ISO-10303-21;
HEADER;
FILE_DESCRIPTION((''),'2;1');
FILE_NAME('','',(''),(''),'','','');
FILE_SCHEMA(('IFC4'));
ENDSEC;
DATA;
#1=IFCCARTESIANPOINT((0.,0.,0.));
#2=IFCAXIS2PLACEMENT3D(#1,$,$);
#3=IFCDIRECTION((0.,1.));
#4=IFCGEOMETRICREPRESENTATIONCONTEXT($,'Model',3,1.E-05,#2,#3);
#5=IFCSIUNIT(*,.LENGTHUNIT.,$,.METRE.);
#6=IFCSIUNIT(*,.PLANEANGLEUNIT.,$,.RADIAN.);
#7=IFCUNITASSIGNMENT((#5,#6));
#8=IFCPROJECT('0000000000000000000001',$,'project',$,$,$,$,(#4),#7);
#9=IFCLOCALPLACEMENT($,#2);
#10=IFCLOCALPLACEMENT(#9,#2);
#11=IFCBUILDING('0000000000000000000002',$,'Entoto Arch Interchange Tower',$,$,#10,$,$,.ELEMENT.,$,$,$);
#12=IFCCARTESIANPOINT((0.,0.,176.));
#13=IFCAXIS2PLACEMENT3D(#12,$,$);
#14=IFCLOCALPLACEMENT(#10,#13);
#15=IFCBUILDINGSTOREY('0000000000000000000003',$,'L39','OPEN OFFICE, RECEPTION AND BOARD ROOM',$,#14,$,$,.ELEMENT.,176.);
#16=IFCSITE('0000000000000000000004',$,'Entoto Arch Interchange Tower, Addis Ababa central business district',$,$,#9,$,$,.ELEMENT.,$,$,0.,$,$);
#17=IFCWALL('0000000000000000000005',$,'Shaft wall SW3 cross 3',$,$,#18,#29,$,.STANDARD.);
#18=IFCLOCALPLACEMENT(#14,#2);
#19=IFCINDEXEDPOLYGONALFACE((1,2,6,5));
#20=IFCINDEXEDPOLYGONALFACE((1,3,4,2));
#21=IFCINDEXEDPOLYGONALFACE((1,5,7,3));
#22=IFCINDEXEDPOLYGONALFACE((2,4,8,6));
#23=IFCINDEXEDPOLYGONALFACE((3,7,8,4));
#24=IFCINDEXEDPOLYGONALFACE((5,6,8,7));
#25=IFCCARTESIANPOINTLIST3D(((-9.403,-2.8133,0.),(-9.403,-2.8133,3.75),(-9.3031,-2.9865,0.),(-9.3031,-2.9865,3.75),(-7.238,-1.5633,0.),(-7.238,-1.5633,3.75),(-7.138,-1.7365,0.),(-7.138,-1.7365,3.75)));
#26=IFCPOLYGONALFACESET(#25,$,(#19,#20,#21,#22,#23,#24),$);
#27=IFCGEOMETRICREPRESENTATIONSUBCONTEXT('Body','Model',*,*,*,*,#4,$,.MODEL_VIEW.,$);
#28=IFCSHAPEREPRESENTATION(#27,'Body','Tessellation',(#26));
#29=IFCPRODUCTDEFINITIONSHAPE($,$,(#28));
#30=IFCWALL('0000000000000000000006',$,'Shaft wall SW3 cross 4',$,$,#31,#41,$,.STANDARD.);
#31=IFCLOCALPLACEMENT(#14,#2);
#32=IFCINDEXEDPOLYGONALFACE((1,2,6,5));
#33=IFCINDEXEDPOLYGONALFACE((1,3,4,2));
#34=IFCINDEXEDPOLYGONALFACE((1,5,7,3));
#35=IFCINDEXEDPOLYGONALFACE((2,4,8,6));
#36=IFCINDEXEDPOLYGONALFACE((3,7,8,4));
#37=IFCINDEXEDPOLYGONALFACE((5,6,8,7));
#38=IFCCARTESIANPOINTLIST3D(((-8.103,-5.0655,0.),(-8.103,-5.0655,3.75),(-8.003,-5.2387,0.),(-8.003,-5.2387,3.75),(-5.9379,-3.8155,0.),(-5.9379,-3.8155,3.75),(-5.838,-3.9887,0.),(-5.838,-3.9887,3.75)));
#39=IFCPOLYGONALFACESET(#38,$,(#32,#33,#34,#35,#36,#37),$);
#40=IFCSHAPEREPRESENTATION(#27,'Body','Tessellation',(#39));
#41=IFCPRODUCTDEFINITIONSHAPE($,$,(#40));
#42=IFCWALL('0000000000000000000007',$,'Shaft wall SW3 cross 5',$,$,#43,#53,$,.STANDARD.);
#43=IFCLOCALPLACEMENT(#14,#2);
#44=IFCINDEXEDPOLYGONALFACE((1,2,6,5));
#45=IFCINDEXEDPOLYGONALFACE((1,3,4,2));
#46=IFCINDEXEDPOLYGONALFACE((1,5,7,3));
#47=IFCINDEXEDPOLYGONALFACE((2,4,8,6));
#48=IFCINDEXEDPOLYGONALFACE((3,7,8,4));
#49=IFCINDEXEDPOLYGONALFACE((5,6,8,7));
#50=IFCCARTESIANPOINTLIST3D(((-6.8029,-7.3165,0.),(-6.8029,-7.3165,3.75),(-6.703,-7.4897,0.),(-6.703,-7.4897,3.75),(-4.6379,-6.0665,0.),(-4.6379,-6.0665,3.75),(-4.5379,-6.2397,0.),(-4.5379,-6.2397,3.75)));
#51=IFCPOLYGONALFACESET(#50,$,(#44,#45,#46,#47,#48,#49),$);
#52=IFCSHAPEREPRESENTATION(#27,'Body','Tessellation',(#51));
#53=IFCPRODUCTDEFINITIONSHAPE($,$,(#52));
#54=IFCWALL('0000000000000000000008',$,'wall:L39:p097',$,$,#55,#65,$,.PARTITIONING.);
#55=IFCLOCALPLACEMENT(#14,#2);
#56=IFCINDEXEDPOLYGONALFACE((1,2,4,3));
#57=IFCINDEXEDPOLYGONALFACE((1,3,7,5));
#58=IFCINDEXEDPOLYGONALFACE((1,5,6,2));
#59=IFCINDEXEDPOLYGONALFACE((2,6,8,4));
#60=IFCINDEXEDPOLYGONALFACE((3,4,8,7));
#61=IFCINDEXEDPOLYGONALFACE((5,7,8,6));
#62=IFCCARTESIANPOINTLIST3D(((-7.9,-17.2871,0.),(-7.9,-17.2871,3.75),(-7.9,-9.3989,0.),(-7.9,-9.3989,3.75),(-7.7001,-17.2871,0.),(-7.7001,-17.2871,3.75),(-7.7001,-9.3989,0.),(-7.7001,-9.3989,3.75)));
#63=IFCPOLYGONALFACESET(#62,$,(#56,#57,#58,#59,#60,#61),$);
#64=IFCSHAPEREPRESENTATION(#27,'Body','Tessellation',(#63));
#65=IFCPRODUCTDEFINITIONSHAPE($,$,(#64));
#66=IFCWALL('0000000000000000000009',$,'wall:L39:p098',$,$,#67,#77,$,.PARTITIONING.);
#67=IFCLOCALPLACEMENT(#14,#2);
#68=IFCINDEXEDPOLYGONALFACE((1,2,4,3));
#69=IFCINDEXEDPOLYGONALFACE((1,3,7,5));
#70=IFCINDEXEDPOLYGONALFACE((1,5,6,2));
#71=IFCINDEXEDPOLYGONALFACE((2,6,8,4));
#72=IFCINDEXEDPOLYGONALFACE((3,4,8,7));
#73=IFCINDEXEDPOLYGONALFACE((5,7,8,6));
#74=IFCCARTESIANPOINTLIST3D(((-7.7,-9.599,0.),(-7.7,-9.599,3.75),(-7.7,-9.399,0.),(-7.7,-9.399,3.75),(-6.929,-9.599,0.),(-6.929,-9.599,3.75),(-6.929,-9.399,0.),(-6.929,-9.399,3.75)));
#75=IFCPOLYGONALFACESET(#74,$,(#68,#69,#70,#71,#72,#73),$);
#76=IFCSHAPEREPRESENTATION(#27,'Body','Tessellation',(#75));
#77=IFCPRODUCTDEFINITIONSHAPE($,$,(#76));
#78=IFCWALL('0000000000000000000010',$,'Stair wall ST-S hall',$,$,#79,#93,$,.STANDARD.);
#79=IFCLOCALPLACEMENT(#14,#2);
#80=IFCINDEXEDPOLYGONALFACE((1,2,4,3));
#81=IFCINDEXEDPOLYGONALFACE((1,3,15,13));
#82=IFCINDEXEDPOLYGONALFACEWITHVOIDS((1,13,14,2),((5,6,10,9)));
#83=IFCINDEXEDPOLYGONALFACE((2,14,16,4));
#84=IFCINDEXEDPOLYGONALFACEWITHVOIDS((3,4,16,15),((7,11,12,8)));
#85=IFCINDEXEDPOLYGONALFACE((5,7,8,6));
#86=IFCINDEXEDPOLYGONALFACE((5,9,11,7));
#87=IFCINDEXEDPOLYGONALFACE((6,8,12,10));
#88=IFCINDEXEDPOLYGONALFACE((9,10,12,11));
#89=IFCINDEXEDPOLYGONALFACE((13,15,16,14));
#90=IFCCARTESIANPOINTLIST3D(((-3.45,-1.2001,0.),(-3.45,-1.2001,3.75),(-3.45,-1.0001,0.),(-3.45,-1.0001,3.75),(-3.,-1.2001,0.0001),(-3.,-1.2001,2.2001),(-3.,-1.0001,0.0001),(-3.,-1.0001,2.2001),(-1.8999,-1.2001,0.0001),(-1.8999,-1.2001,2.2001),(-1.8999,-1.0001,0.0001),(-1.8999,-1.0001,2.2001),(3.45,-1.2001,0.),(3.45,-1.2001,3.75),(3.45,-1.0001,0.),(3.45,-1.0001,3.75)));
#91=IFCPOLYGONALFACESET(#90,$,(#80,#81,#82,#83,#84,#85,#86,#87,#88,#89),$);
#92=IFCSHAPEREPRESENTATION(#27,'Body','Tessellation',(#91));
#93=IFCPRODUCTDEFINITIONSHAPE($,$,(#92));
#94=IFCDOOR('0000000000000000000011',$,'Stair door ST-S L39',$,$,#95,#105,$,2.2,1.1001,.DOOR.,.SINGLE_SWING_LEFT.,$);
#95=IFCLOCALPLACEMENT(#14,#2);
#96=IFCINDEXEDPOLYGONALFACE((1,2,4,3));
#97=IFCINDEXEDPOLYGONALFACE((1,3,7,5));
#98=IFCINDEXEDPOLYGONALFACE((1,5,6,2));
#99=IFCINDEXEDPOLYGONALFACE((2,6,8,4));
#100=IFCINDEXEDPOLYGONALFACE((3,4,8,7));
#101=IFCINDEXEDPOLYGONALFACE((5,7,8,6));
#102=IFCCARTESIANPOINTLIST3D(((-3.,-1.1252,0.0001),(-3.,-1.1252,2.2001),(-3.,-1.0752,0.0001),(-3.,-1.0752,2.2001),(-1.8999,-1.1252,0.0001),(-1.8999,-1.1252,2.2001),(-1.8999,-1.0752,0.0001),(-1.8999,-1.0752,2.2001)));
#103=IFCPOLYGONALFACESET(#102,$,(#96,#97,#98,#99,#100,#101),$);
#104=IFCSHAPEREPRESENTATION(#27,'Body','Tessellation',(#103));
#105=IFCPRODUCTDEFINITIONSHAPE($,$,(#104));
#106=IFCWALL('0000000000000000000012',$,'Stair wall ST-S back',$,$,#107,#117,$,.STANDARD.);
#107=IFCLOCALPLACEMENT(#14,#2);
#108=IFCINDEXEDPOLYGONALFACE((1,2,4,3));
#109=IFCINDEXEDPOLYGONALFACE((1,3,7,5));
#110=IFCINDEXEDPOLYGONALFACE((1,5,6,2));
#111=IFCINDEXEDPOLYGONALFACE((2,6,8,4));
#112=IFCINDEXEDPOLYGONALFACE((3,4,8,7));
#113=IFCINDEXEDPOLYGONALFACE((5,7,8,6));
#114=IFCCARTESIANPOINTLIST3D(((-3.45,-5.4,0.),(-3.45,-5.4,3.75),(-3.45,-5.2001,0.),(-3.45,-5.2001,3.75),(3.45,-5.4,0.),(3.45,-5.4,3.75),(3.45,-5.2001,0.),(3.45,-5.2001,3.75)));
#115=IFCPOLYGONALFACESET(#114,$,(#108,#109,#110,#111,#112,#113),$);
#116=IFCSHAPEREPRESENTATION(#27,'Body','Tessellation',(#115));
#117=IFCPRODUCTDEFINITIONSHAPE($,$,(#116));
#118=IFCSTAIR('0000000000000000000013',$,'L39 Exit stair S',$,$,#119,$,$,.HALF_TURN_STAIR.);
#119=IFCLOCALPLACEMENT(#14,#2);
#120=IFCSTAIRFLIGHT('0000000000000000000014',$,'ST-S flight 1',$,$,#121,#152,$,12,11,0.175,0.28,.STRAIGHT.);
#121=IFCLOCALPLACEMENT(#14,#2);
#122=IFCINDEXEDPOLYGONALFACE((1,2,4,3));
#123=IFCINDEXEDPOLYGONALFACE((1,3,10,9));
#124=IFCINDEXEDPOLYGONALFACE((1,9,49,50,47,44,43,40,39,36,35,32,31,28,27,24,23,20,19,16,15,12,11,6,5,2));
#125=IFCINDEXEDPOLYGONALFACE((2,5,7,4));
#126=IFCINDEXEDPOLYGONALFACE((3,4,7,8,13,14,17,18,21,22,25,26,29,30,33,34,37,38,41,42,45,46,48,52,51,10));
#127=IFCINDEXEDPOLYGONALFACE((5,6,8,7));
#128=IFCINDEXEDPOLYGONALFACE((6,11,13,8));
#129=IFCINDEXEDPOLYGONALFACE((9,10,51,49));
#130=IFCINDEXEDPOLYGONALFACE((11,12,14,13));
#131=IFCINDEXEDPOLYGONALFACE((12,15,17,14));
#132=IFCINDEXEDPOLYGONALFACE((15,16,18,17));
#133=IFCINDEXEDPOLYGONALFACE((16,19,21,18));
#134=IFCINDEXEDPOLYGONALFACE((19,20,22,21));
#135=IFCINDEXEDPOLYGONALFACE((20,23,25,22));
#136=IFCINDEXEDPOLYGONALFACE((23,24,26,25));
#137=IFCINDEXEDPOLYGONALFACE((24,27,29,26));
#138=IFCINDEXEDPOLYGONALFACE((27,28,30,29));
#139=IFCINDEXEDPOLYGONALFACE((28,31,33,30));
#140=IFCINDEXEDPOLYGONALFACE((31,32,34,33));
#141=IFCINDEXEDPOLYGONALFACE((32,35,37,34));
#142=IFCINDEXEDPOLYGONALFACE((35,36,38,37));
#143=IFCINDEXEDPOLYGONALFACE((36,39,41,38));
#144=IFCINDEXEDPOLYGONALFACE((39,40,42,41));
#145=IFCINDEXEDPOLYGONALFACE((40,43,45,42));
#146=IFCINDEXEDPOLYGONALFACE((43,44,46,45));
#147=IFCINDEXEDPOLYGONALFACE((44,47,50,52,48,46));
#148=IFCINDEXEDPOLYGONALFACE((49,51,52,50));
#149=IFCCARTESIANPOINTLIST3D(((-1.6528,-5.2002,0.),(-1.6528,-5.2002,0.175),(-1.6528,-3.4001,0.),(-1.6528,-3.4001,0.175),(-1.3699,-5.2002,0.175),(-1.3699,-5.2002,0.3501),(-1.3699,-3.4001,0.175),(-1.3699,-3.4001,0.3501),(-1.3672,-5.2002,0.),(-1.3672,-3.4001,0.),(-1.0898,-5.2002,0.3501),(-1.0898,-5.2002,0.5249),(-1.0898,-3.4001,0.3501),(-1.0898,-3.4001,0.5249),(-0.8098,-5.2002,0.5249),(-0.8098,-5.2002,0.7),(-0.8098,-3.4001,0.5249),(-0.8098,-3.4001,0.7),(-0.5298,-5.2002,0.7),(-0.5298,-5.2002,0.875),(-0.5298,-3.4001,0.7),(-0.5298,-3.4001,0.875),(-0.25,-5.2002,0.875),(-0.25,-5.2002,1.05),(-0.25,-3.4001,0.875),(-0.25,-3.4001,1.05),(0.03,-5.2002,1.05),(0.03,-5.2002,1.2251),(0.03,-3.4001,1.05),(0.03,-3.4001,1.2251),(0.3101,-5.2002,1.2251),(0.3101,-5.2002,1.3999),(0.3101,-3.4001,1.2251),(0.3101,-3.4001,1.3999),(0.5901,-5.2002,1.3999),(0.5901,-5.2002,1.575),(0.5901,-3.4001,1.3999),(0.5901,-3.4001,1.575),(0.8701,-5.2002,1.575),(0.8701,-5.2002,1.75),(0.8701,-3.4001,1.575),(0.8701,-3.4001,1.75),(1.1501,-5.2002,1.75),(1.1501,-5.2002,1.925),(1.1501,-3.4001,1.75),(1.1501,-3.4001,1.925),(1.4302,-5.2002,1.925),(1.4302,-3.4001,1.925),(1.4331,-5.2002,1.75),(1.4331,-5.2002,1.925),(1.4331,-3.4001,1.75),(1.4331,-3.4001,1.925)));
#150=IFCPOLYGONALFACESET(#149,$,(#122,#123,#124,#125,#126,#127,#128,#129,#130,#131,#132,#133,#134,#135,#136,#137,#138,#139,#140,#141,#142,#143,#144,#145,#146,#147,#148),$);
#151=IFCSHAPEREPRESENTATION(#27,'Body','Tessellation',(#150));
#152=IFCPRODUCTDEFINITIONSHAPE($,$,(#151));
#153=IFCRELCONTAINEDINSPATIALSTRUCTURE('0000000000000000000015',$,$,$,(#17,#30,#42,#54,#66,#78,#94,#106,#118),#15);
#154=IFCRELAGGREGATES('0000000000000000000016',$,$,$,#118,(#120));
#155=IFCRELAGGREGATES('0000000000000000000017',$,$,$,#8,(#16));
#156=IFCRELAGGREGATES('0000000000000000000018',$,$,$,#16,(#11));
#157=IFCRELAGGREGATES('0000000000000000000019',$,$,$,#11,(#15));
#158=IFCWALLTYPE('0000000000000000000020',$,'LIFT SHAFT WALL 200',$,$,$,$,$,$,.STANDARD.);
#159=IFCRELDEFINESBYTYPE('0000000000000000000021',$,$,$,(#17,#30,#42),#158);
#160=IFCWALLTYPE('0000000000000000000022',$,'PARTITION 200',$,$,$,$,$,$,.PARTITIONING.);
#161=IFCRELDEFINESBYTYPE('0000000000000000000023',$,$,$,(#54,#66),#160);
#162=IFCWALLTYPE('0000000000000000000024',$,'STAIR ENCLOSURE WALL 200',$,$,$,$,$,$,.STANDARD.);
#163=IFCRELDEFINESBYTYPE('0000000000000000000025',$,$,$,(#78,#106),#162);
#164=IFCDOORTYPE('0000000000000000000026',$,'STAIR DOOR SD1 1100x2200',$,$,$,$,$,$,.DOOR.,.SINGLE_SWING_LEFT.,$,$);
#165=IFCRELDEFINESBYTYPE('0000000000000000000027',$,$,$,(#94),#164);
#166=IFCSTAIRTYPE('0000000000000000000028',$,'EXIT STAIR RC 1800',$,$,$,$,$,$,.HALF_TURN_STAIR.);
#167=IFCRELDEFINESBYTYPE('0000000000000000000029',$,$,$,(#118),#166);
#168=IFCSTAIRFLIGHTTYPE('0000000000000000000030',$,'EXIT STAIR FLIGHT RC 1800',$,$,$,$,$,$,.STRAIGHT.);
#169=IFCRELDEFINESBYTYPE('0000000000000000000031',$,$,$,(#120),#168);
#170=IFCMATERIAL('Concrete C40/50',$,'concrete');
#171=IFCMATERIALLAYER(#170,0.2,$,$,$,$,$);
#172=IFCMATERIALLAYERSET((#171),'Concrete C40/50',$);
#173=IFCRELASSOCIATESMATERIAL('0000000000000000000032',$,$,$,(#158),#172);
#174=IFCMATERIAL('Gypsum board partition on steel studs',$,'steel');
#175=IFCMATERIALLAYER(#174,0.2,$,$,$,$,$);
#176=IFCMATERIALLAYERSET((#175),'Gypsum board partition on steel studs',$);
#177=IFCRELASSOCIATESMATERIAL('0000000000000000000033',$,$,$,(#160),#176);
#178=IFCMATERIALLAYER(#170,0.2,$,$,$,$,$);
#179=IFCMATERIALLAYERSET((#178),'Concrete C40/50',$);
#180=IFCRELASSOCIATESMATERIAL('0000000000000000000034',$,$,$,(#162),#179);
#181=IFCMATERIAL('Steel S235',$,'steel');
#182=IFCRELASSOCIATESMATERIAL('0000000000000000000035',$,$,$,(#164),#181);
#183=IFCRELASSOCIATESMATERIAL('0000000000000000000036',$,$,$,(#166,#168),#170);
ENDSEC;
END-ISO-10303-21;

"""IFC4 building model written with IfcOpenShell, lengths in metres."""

from ifc_helpers import new_model, si_unit, direction, frame, frame_2d, origin, place, context, subcontext, project, spatial, polyline, rectangle, outline, extrude, material, layer, layer_set, type_object, element, fill, aggregate, save


model = new_model("IFC4")

# Units and contexts
model_context = context("Model", 3, precision=1e-05, world=origin(), true_north=direction((0.0, 1.0)))
body_context = subcontext(model_context, "Body", "Model", "MODEL_VIEW")
ifc_project = project(units=[si_unit("LENGTHUNIT", "METRE"), si_unit("PLANEANGLEUNIT", "RADIAN")], contexts=[model_context])

# Site, building, storey
site_placement = place(None, origin())
site = spatial("IfcSite", under=ifc_project, at=site_placement, Name="Entoto Arch Interchange Tower, Addis Ababa central business district", CompositionType="ELEMENT", RefElevation=0.0)
building_placement = place(site_placement, origin())
building = spatial("IfcBuilding", under=site, at=building_placement, Name="Entoto Arch Interchange Tower", CompositionType="ELEMENT")
storey_placement = place(building_placement, frame((0.0, 0.0, 176.0)))
storey = spatial("IfcBuildingStorey", under=building, at=storey_placement, Name="L39", Description="OPEN OFFICE, RECEPTION AND BOARD ROOM", CompositionType="ELEMENT", Elevation=176.0)

# Walls
ifc_material_1 = material(Name="Concrete C40/50", Category="concrete")
ifc_layer_1 = layer(ifc_material_1, 0.2)
ifc_layer_set_1 = layer_set([ifc_layer_1], Name="Concrete C40/50")
wall_type_1 = type_object("IfcWallType", Name="LIFT SHAFT WALL 200", PredefinedType="STANDARD", material=ifc_layer_set_1)
for number, where, z_axis, x_axis, name in (
    (1, (-7.188, -1.6499, 0.0), (0.0, 0.0, 1.0), (-0.866023, -0.500004, 0.0), "Shaft wall SW3 cross 3"),
    (2, (-5.8879, -3.9021, 0.0), (0.0, 0.0, 1.0), (-0.866023, -0.500004, 0.0), "Shaft wall SW3 cross 4"),
    (3, (-4.5879, -6.1531, 0.0), (0.0, 0.0, 1.0), (-0.866023, -0.500004, 0.0), "Shaft wall SW3 cross 5"),
):
    element("IfcWall", number, at=place(storey_placement, frame(where, z_axis=z_axis, x_axis=x_axis)), inside=storey, type_object=wall_type_1, Name=name, PredefinedType="STANDARD", context=body_context, shape_type="SweptSolid", body=[
        extrude(rectangle(XDim=2.5, YDim=0.2, at=frame_2d((1.25, 0.0))), origin(), (0.0, 0.0, 1.0), 3.75),
    ])
ifc_material_2 = material(Name="Gypsum board partition on steel studs", Category="steel")
ifc_layer_2 = layer(ifc_material_2, 0.2)
ifc_layer_set_2 = layer_set([ifc_layer_2], Name="Gypsum board partition on steel studs")
wall_type_2 = type_object("IfcWallType", Name="PARTITION 200", PredefinedType="PARTITIONING", material=ifc_layer_set_2)
wall_1_placement = place(storey_placement, frame((-7.8, -17.2871, 0.0), z_axis=(0.0, 0.0, 1.0), x_axis=(0.0, 1.0, 0.0)))
element("IfcWall", 4, at=wall_1_placement, inside=storey, type_object=wall_type_2, Name="wall:L39:p097", PredefinedType="PARTITIONING", context=body_context, shape_type="SweptSolid", body=[
    extrude(rectangle(XDim=7.8882, YDim=0.2, at=frame_2d((3.9441, 0.0))), origin(), (0.0, 0.0, 1.0), 3.75),
])
wall_2_placement = place(storey_placement, frame((-7.7, -9.499, 0.0), z_axis=(0.0, 0.0, 1.0), x_axis=(1.0, 0.0, 0.0)))
element("IfcWall", 5, at=wall_2_placement, inside=storey, type_object=wall_type_2, Name="wall:L39:p098", PredefinedType="PARTITIONING", context=body_context, shape_type="SweptSolid", body=[
    extrude(rectangle(XDim=0.771, YDim=0.2, at=frame_2d((0.3855, 0.0))), origin(), (0.0, 0.0, 1.0), 3.75),
])

# Wall, opening, door
ifc_layer_3 = layer(ifc_material_1, 0.2)
ifc_layer_set_3 = layer_set([ifc_layer_3], Name="Concrete C40/50")
wall_type_3 = type_object("IfcWallType", Name="STAIR ENCLOSURE WALL 200", PredefinedType="STANDARD", material=ifc_layer_set_3)
wall_3_placement = place(storey_placement, frame((-3.45, -1.1001, 0.0), z_axis=(0.0, 0.0, 1.0), x_axis=(1.0, 0.0, 0.0)))
wall_3 = element("IfcWall", 6, at=wall_3_placement, inside=storey, type_object=wall_type_3, Name="Stair wall ST-S hall", PredefinedType="STANDARD", context=body_context, shape_type="SweptSolid", body=[
    extrude(rectangle(XDim=6.8999, YDim=0.2, at=frame_2d((3.45, 0.0))), origin(), (0.0, 0.0, 1.0), 3.75),
])
opening_placement = place(wall_3_placement, frame((0.45, 0.0, 0.0)))
opening = element("IfcOpeningElement", 7, at=opening_placement, cuts=wall_3, PredefinedType="OPENING", context=body_context, shape_type="SweptSolid", body=[
    extrude(rectangle(XDim=1.1001, YDim=2.2, at=frame_2d((0.55, 1.1001))), frame((0.0, 0.1099, 0.0), z_axis=(0.0, -1.0, 0.0), x_axis=(1.0, 0.0, 0.0)), (0.0, 0.0, 1.0), 0.22),
])
ifc_material_3 = material(Name="Steel S235", Category="steel")
door_type = type_object("IfcDoorType", Name="STAIR DOOR SD1 1100x2200", OperationType="SINGLE_SWING_LEFT", PredefinedType="DOOR", material=ifc_material_3)
door_placement = place(opening_placement, origin())
door = element("IfcDoor", 8, at=door_placement, inside=storey, type_object=door_type, Name="Stair door ST-S L39", OperationType="SINGLE_SWING_LEFT", OverallHeight=2.2, OverallWidth=1.1001, PredefinedType="DOOR", context=body_context, shape_type="SweptSolid", body=[
    extrude(rectangle(XDim=1.1001, YDim=2.2, at=frame_2d((0.55, 1.1001))), frame((0.0, 0.0249, 0.0), z_axis=(0.0, -1.0, 0.0), x_axis=(1.0, 0.0, 0.0)), (0.0, 0.0, 1.0), 0.05),
])
fill(opening, door)

# Wall
wall_4_placement = place(storey_placement, frame((-3.45, -5.3, 0.0), z_axis=(0.0, 0.0, 1.0), x_axis=(1.0, 0.0, 0.0)))
element("IfcWall", 9, at=wall_4_placement, inside=storey, type_object=wall_type_3, Name="Stair wall ST-S back", PredefinedType="STANDARD", context=body_context, shape_type="SweptSolid", body=[
    extrude(rectangle(XDim=6.8999, YDim=0.2, at=frame_2d((3.45, 0.0))), origin(), (0.0, 0.0, 1.0), 3.75),
])

# Stair, stair flight
stair_type = type_object("IfcStairType", Name="EXIT STAIR RC 1800", PredefinedType="HALF_TURN_STAIR", material=ifc_material_1)
stair_placement = place(storey_placement, origin())
stair = element("IfcStair", 10, at=stair_placement, inside=storey, type_object=stair_type, Name="L39 Exit stair S", PredefinedType="HALF_TURN_STAIR")
stair_flight_type = type_object("IfcStairFlightType", Name="EXIT STAIR FLIGHT RC 1800", PredefinedType="STRAIGHT", material=ifc_material_1)
stair_flight_placement = place(storey_placement, frame((-1.6499, -4.3, 0.0), z_axis=(0.0, 0.0, 1.0), x_axis=(1.0, 0.0, 0.0)))
stair_flight = element("IfcStairFlight", 11, at=stair_flight_placement, type_object=stair_flight_type, Name="ST-S flight 1", NumberOfRisers=12, NumberOfTreads=11, PredefinedType="STRAIGHT", RiserHeight=0.175, TreadLength=0.28, context=body_context, shape_type="SweptSolid", body=[
    extrude(outline(polyline([(-0.0029, 0.0), (-0.0029, 0.175), (0.28, 0.175), (0.28, 0.3501), (0.5601, 0.3501), (0.5601, 0.5249), (0.8401, 0.5249), (0.8401, 0.7), (1.1201, 0.7), (1.1201, 0.875), (1.3999, 0.875), (1.3999, 1.05), (1.6799, 1.05), (1.6799, 1.2251), (1.96, 1.2251), (1.96, 1.3999), (2.24, 1.3999), (2.24, 1.575), (2.52, 1.575), (2.52, 1.75), (2.8, 1.75), (2.8, 1.925), (3.0801, 1.925), (3.083, 1.925), (3.083, 1.75), (0.2827, 0.0), (-0.0029, 0.0)])), frame((0.0, 0.8999, 0.0), z_axis=(0.0, -1.0, 0.0), x_axis=(1.0, 0.0, 0.0)), (0.0, 0.0, 1.0), 1.8),
])
aggregate(stair, [stair_flight])

save(model, "model.ifc")
